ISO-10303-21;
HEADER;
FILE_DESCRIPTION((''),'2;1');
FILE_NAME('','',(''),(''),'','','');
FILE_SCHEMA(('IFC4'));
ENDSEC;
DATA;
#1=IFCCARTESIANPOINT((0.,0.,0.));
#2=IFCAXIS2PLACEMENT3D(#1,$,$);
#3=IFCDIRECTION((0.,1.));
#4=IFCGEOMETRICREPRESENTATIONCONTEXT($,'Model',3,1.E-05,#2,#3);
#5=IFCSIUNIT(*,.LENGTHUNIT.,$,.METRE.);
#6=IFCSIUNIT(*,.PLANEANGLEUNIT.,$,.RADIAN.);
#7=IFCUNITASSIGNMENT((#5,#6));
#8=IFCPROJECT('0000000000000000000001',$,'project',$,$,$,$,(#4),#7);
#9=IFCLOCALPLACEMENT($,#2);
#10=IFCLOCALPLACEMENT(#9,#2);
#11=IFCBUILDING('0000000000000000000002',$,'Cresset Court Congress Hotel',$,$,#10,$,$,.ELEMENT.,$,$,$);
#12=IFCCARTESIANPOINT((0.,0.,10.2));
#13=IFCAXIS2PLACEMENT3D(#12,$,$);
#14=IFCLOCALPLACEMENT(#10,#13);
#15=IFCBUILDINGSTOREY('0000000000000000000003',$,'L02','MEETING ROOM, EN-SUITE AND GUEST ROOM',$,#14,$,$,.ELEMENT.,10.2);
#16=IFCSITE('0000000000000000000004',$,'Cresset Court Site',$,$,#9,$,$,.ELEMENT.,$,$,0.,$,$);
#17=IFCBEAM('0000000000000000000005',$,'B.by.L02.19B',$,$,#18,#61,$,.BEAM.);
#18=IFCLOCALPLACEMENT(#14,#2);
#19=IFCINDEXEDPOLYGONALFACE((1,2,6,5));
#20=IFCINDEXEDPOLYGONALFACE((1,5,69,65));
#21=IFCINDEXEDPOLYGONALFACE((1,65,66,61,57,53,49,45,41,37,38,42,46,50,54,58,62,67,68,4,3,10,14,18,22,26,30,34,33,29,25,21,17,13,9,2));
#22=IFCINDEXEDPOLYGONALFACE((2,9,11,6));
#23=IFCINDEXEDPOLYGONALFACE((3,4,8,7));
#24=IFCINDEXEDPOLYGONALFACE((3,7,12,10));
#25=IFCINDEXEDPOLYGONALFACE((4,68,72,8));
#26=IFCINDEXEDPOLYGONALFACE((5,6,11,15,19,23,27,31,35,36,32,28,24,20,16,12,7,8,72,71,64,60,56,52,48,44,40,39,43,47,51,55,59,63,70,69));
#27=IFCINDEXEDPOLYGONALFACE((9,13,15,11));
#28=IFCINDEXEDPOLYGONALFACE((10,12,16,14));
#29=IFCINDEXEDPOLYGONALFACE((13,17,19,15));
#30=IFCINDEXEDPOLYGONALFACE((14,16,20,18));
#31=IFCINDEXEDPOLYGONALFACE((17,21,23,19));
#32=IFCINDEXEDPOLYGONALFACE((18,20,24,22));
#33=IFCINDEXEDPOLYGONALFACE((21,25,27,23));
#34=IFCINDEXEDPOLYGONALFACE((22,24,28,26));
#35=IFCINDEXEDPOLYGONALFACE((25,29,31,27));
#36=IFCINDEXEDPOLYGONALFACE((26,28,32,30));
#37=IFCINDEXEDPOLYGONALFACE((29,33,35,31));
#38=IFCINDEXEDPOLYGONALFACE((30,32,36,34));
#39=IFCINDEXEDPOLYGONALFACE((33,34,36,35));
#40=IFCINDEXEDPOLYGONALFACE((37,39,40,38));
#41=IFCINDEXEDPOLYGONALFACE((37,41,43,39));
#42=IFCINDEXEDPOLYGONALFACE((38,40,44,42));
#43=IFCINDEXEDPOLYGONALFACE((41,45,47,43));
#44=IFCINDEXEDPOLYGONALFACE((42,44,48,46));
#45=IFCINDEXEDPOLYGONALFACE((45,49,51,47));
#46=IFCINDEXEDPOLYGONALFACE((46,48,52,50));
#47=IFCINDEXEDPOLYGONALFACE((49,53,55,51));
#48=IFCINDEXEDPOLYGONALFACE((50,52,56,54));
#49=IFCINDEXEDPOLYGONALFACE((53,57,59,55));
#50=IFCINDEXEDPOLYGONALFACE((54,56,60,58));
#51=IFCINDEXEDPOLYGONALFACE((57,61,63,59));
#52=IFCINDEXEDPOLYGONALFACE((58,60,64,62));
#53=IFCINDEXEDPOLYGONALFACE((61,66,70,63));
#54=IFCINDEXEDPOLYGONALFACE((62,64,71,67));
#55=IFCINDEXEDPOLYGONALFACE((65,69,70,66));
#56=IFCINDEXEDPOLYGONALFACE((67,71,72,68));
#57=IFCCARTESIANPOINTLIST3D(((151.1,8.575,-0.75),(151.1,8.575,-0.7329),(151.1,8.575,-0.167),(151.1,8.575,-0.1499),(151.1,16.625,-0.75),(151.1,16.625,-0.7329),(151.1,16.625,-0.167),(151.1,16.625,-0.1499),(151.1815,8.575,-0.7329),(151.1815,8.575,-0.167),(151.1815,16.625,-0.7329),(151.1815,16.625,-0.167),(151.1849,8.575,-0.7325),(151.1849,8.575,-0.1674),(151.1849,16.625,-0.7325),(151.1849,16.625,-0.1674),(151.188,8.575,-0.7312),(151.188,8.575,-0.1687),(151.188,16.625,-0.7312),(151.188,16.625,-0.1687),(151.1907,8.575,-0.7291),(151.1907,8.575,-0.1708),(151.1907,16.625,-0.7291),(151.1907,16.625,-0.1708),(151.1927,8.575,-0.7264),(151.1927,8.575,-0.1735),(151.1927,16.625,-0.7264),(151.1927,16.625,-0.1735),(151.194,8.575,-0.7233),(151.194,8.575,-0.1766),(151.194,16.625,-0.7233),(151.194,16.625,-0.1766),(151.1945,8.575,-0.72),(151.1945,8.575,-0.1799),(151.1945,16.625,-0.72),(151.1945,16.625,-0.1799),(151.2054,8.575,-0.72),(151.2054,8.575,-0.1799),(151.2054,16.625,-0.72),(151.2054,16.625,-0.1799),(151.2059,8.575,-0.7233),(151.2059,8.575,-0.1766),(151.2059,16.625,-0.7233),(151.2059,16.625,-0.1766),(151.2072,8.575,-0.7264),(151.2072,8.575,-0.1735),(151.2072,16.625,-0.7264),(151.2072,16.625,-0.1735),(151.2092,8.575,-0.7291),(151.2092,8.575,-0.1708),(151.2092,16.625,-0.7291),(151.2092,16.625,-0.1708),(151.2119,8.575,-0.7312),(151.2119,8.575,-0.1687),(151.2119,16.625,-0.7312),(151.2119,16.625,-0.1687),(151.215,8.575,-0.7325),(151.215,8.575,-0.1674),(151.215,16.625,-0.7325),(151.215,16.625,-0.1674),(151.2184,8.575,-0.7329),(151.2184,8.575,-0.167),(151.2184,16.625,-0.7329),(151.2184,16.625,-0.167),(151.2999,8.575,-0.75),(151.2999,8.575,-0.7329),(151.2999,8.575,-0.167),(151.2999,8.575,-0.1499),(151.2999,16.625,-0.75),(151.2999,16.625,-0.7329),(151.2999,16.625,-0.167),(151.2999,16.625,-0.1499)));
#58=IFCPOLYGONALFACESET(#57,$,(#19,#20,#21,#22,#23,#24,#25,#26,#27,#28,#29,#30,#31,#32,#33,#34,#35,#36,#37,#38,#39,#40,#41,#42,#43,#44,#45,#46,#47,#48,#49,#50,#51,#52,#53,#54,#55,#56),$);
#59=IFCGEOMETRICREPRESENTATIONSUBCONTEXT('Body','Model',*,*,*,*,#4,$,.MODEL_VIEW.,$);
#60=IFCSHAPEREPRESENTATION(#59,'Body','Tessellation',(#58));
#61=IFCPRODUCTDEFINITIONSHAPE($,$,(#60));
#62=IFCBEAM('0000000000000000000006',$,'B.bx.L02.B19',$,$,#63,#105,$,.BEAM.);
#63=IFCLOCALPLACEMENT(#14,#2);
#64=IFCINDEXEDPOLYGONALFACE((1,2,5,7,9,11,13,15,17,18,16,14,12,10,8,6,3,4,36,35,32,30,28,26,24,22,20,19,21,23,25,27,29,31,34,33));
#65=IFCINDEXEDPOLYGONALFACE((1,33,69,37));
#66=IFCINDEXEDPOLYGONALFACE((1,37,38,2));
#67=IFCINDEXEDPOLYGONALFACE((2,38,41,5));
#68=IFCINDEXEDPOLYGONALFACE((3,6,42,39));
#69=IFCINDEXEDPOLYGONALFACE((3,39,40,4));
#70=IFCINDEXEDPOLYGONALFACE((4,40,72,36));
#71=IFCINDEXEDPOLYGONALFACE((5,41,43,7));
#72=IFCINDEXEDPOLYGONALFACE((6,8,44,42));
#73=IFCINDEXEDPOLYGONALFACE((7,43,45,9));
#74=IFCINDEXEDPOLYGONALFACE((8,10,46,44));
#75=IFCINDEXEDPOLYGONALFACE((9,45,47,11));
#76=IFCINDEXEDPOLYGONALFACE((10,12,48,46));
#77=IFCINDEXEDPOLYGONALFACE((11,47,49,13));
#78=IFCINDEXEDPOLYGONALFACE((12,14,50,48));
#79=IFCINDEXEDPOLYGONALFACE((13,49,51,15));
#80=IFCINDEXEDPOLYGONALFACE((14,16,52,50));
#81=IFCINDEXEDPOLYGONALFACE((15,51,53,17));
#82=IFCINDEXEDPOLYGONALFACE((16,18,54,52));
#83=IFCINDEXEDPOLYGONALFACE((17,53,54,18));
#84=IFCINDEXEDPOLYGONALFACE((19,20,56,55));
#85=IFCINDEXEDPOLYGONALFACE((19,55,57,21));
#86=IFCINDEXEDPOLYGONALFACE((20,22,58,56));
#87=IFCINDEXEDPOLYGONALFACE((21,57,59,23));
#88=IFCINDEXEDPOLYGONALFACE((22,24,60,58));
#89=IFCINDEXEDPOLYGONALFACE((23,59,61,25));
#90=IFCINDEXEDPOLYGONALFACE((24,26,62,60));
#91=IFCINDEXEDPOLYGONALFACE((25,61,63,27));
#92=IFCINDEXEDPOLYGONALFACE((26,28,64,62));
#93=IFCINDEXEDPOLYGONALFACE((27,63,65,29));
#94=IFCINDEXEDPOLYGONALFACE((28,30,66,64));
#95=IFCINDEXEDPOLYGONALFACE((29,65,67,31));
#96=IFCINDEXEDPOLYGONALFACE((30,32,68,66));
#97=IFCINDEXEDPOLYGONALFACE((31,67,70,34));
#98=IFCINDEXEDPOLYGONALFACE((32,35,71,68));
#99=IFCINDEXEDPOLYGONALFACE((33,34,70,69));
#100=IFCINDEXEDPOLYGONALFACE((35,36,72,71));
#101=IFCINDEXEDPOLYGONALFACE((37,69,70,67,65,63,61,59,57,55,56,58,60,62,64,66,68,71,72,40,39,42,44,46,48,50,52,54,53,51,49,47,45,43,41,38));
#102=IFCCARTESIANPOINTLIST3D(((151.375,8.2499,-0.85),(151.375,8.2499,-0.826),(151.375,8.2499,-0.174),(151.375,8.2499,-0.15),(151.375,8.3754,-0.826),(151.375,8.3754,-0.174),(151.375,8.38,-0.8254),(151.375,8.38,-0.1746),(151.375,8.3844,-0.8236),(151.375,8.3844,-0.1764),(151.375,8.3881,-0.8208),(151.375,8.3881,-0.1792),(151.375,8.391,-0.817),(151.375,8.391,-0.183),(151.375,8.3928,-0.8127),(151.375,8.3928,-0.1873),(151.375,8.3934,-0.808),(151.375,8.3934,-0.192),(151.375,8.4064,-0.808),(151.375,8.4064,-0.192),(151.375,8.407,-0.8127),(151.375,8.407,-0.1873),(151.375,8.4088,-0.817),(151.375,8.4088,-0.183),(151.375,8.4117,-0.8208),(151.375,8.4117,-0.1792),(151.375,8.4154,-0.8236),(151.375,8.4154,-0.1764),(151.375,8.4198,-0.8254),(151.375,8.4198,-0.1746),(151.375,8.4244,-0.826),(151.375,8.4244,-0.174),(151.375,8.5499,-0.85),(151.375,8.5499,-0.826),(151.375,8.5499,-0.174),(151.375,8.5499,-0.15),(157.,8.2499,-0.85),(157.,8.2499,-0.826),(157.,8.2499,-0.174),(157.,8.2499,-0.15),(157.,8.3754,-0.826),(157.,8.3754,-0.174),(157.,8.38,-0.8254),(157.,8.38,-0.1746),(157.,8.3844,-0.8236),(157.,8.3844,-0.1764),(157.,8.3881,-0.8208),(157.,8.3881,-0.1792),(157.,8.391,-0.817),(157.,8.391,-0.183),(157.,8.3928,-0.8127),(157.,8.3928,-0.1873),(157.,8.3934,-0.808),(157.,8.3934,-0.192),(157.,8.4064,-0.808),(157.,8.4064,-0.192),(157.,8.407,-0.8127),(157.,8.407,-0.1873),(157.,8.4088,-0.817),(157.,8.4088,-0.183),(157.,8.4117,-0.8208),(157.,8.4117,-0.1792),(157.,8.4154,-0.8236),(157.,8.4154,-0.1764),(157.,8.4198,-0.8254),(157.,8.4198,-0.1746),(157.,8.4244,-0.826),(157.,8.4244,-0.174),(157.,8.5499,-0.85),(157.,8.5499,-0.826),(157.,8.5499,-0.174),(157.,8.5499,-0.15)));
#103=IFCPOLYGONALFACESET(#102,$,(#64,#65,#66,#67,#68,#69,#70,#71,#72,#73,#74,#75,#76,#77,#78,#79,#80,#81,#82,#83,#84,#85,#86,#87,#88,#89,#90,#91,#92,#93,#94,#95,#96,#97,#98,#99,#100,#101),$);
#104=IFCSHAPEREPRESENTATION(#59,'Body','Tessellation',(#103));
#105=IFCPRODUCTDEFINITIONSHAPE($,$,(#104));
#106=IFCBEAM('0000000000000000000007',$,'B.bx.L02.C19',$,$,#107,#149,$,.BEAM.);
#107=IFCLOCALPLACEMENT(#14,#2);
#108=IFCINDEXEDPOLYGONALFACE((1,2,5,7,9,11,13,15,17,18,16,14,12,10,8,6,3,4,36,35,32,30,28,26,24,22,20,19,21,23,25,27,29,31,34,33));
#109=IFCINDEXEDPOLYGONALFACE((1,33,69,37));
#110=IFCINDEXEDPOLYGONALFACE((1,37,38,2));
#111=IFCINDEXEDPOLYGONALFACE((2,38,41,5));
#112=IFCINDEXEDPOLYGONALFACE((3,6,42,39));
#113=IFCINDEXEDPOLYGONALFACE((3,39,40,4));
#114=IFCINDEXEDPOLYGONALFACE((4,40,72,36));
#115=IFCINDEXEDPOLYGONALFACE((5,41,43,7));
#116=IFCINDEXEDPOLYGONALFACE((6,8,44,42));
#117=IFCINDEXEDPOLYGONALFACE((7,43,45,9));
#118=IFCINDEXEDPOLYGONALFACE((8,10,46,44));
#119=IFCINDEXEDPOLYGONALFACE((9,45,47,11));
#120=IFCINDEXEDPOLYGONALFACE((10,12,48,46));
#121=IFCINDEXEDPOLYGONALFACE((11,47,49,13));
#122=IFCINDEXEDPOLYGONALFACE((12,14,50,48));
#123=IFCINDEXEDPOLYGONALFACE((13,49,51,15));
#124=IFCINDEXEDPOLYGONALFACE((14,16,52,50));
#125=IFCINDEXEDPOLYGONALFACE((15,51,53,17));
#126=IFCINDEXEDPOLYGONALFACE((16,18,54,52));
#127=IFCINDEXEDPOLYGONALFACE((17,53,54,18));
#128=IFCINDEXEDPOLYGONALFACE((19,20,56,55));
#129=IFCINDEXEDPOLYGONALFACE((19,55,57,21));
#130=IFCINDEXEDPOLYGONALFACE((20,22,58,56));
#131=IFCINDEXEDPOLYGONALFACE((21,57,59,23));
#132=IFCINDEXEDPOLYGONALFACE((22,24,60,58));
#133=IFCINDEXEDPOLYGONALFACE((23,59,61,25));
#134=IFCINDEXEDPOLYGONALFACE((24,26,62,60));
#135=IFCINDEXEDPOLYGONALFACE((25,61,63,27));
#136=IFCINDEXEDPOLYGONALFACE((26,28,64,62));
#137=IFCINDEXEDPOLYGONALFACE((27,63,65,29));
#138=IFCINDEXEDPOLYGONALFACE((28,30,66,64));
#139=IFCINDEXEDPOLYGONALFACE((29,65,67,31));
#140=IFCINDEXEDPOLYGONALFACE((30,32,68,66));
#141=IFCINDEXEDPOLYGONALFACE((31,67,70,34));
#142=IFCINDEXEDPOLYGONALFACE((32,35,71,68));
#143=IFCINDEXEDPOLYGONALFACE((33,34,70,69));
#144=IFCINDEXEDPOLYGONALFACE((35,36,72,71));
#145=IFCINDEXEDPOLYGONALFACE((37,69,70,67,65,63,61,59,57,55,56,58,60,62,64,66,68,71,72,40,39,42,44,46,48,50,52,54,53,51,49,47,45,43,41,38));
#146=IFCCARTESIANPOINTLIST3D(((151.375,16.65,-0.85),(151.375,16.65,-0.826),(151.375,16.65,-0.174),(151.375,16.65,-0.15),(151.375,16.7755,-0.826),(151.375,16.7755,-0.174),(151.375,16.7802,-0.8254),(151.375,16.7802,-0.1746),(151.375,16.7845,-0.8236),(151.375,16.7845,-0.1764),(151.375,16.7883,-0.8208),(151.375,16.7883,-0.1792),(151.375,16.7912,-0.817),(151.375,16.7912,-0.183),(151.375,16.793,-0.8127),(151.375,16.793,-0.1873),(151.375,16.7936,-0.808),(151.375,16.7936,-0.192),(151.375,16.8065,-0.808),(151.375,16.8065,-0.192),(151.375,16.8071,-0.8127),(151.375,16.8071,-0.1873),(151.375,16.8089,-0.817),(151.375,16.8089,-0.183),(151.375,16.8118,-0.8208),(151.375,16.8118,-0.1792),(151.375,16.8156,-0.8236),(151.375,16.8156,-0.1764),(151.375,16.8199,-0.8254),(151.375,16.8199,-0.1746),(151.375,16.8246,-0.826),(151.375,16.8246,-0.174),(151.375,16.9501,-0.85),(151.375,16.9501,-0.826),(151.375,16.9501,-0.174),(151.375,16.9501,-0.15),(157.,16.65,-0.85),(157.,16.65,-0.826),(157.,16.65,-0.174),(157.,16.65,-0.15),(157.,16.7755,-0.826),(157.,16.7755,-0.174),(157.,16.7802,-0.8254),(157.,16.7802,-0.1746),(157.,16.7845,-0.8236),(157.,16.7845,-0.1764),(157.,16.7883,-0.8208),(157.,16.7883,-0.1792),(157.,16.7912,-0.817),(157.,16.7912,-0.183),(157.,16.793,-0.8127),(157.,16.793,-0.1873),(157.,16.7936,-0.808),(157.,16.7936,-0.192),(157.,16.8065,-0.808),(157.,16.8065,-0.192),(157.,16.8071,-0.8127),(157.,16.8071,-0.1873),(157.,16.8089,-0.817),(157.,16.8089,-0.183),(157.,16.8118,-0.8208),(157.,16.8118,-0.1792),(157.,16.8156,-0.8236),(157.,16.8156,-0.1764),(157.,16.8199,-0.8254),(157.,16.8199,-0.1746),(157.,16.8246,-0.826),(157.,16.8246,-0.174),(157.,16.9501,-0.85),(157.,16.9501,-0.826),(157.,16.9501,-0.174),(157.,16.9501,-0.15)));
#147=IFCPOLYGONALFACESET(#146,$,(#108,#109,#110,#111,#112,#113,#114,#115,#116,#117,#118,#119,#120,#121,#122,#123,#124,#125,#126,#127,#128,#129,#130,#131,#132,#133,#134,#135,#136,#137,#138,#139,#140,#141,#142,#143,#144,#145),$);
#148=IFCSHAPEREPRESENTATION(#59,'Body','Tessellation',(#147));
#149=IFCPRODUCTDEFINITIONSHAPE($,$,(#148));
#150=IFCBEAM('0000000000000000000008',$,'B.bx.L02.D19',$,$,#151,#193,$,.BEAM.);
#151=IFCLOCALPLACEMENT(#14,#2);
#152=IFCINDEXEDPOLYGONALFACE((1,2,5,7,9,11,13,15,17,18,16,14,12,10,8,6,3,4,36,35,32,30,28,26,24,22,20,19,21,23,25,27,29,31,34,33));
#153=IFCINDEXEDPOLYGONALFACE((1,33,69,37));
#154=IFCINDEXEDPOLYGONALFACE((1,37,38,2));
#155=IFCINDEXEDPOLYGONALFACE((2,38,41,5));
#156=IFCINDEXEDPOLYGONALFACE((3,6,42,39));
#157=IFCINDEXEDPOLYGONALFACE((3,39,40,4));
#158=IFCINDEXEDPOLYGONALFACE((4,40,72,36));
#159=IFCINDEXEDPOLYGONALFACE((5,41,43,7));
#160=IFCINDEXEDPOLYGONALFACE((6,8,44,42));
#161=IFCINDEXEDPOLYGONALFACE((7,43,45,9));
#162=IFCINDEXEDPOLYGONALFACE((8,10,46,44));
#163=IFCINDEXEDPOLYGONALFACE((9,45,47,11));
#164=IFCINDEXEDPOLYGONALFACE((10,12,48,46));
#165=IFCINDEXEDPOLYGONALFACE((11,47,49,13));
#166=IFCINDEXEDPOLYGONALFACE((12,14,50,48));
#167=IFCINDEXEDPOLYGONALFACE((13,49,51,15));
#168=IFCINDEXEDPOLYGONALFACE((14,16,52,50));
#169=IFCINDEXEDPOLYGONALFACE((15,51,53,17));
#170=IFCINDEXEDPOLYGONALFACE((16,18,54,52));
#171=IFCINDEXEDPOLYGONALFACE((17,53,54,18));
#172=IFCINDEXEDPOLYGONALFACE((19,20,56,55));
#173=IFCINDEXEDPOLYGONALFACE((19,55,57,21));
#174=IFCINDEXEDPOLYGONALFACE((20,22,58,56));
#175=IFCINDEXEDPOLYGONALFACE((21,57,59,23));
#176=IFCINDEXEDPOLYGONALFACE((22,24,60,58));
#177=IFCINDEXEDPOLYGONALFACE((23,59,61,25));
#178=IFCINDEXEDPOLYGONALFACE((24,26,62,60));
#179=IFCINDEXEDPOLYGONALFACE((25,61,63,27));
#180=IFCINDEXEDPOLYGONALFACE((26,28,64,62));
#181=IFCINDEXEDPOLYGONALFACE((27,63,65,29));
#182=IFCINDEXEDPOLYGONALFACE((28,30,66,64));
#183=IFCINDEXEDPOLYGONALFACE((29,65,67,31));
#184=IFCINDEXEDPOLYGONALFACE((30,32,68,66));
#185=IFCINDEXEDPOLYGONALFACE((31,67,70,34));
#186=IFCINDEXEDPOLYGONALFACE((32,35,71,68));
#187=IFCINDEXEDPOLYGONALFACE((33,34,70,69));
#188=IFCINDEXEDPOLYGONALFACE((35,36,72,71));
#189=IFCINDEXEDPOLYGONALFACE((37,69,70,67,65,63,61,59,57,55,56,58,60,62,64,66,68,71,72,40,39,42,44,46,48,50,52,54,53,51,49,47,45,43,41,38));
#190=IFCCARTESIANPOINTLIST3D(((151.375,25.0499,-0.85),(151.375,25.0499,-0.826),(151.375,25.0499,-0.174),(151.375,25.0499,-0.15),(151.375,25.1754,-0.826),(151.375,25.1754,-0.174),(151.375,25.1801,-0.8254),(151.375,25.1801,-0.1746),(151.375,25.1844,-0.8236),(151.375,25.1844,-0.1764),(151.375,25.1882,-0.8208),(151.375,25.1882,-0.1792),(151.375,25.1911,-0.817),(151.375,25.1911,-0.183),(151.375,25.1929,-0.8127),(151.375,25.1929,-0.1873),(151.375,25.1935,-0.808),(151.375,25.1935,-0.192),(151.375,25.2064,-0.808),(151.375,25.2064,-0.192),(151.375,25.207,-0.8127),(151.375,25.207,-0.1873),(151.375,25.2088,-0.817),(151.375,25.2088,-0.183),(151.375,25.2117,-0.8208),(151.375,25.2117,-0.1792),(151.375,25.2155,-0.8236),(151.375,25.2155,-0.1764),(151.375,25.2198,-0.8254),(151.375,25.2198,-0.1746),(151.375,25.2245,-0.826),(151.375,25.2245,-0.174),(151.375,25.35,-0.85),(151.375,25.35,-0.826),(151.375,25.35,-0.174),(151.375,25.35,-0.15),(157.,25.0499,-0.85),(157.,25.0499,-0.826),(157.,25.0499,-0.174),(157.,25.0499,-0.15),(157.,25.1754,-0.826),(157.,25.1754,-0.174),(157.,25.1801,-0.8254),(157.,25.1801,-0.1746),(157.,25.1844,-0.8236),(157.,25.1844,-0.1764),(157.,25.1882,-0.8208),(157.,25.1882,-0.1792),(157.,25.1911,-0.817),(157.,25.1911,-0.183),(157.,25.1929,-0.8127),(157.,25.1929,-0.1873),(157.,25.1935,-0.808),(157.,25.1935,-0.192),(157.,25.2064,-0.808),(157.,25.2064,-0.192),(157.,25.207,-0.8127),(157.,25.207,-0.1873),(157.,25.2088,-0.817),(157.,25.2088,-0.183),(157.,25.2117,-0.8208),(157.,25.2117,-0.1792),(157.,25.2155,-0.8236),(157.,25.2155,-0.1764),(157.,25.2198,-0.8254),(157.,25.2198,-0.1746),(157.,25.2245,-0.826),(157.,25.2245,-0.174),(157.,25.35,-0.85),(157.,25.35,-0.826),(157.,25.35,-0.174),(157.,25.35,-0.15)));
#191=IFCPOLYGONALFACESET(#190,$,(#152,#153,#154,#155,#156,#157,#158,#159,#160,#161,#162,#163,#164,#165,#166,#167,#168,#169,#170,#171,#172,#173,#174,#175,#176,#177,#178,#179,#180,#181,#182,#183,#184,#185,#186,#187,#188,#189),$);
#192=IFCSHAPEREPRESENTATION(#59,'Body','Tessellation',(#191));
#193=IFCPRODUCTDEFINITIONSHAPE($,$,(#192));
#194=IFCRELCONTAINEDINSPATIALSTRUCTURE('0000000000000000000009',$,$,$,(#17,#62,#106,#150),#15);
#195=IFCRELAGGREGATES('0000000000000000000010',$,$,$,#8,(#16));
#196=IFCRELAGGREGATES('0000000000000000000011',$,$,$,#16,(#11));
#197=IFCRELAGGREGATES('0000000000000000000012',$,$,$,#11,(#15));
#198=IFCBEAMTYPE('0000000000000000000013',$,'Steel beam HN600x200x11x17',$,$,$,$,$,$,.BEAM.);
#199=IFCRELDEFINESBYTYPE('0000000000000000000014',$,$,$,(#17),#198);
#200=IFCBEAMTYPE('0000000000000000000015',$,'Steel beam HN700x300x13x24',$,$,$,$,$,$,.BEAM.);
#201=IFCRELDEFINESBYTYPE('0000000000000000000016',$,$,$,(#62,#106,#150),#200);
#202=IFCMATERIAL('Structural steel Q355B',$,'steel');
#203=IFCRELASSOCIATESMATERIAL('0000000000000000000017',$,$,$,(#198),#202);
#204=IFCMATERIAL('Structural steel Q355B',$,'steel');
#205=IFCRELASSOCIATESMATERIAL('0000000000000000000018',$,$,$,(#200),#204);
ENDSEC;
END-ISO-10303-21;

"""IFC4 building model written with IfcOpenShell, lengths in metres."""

from ifc_helpers import new_model, si_unit, direction, frame, origin, origin_2d, place, context, subcontext, project, spatial, i_section, extrude, material, material_profile, profile_set, type_object, element, save


model = new_model("IFC4")

# Units and contexts
model_context = context("Model", 3, precision=1e-05, world=origin(), true_north=direction((0.0, 1.0)))
body_context = subcontext(model_context, "Body", "Model", "MODEL_VIEW")
ifc_project = project(units=[si_unit("LENGTHUNIT", "METRE"), si_unit("PLANEANGLEUNIT", "RADIAN")], contexts=[model_context])

# Site, building, storey
site_placement = place(None, origin())
site = spatial("IfcSite", under=ifc_project, at=site_placement, Name="Cresset Court Site", CompositionType="ELEMENT", RefElevation=0.0)
building_placement = place(site_placement, origin())
building = spatial("IfcBuilding", under=site, at=building_placement, Name="Cresset Court Congress Hotel", CompositionType="ELEMENT")
storey_placement = place(building_placement, frame((0.0, 0.0, 10.2)))
storey = spatial("IfcBuildingStorey", under=building, at=storey_placement, Name="L02", Description="MEETING ROOM, EN-SUITE AND GUEST ROOM", CompositionType="ELEMENT", Elevation=10.2)

# Beams
ifc_material_1 = material(Name="Structural steel Q355B", Category="steel")
ifc_material_profile_1 = material_profile(ifc_material_1, i_section(OverallWidth=0.2, OverallDepth=0.6001, WebThickness=0.011, FlangeThickness=0.0171, FilletRadius=0.0129, at=origin_2d()), Name="HN600x200x11x17")
ifc_profile_set_1 = profile_set([ifc_material_profile_1], Name="Structural steel Q355B")
beam_type_1 = type_object("IfcBeamType", Name="Steel beam HN600x200x11x17", PredefinedType="BEAM", material=ifc_profile_set_1)
beam_1_placement = place(storey_placement, frame((151.2, 8.575, -0.45), z_axis=(0.0, 1.0, 0.0), x_axis=(-1.0, 0.0, 0.0)))
element("IfcBeam", 1, at=beam_1_placement, inside=storey, type_object=beam_type_1, Name="B.by.L02.19B", PredefinedType="BEAM", context=body_context, shape_type="SweptSolid", body=[
    extrude(i_section(OverallWidth=0.2, OverallDepth=0.6001, WebThickness=0.011, FlangeThickness=0.0171, FilletRadius=0.0129, at=origin_2d()), origin(), (0.0, 0.0, 1.0), 8.05),
])
ifc_material_2 = material(Name="Structural steel Q355B", Category="steel")
ifc_material_profile_2 = material_profile(ifc_material_2, i_section(OverallWidth=0.3, OverallDepth=0.7, WebThickness=0.0129, FlangeThickness=0.0239, FilletRadius=0.0181, at=origin_2d()), Name="HN700x300x13x24")
ifc_profile_set_2 = profile_set([ifc_material_profile_2], Name="Structural steel Q355B")
beam_type_2 = type_object("IfcBeamType", Name="Steel beam HN700x300x13x24", PredefinedType="BEAM", material=ifc_profile_set_2)
for number, where, z_axis, x_axis, name in (
    (2, (151.375, 8.3999, -0.5), (1.0, 0.0, 0.0), (0.0, 1.0, 0.0), "B.bx.L02.B19"),
    (3, (151.375, 16.8, -0.5), (1.0, 0.0, 0.0), (0.0, 1.0, 0.0), "B.bx.L02.C19"),
    (4, (151.375, 25.2, -0.5), (1.0, 0.0, 0.0), (0.0, 1.0, 0.0), "B.bx.L02.D19"),
):
    element("IfcBeam", number, at=place(storey_placement, frame(where, z_axis=z_axis, x_axis=x_axis)), inside=storey, type_object=beam_type_2, Name=name, PredefinedType="BEAM", context=body_context, shape_type="SweptSolid", body=[
        extrude(i_section(OverallWidth=0.3, OverallDepth=0.7, WebThickness=0.0129, FlangeThickness=0.0239, FilletRadius=0.0181, at=origin_2d()), origin(), (0.0, 0.0, 1.0), 5.625),
    ])

save(model, "model.ifc")
